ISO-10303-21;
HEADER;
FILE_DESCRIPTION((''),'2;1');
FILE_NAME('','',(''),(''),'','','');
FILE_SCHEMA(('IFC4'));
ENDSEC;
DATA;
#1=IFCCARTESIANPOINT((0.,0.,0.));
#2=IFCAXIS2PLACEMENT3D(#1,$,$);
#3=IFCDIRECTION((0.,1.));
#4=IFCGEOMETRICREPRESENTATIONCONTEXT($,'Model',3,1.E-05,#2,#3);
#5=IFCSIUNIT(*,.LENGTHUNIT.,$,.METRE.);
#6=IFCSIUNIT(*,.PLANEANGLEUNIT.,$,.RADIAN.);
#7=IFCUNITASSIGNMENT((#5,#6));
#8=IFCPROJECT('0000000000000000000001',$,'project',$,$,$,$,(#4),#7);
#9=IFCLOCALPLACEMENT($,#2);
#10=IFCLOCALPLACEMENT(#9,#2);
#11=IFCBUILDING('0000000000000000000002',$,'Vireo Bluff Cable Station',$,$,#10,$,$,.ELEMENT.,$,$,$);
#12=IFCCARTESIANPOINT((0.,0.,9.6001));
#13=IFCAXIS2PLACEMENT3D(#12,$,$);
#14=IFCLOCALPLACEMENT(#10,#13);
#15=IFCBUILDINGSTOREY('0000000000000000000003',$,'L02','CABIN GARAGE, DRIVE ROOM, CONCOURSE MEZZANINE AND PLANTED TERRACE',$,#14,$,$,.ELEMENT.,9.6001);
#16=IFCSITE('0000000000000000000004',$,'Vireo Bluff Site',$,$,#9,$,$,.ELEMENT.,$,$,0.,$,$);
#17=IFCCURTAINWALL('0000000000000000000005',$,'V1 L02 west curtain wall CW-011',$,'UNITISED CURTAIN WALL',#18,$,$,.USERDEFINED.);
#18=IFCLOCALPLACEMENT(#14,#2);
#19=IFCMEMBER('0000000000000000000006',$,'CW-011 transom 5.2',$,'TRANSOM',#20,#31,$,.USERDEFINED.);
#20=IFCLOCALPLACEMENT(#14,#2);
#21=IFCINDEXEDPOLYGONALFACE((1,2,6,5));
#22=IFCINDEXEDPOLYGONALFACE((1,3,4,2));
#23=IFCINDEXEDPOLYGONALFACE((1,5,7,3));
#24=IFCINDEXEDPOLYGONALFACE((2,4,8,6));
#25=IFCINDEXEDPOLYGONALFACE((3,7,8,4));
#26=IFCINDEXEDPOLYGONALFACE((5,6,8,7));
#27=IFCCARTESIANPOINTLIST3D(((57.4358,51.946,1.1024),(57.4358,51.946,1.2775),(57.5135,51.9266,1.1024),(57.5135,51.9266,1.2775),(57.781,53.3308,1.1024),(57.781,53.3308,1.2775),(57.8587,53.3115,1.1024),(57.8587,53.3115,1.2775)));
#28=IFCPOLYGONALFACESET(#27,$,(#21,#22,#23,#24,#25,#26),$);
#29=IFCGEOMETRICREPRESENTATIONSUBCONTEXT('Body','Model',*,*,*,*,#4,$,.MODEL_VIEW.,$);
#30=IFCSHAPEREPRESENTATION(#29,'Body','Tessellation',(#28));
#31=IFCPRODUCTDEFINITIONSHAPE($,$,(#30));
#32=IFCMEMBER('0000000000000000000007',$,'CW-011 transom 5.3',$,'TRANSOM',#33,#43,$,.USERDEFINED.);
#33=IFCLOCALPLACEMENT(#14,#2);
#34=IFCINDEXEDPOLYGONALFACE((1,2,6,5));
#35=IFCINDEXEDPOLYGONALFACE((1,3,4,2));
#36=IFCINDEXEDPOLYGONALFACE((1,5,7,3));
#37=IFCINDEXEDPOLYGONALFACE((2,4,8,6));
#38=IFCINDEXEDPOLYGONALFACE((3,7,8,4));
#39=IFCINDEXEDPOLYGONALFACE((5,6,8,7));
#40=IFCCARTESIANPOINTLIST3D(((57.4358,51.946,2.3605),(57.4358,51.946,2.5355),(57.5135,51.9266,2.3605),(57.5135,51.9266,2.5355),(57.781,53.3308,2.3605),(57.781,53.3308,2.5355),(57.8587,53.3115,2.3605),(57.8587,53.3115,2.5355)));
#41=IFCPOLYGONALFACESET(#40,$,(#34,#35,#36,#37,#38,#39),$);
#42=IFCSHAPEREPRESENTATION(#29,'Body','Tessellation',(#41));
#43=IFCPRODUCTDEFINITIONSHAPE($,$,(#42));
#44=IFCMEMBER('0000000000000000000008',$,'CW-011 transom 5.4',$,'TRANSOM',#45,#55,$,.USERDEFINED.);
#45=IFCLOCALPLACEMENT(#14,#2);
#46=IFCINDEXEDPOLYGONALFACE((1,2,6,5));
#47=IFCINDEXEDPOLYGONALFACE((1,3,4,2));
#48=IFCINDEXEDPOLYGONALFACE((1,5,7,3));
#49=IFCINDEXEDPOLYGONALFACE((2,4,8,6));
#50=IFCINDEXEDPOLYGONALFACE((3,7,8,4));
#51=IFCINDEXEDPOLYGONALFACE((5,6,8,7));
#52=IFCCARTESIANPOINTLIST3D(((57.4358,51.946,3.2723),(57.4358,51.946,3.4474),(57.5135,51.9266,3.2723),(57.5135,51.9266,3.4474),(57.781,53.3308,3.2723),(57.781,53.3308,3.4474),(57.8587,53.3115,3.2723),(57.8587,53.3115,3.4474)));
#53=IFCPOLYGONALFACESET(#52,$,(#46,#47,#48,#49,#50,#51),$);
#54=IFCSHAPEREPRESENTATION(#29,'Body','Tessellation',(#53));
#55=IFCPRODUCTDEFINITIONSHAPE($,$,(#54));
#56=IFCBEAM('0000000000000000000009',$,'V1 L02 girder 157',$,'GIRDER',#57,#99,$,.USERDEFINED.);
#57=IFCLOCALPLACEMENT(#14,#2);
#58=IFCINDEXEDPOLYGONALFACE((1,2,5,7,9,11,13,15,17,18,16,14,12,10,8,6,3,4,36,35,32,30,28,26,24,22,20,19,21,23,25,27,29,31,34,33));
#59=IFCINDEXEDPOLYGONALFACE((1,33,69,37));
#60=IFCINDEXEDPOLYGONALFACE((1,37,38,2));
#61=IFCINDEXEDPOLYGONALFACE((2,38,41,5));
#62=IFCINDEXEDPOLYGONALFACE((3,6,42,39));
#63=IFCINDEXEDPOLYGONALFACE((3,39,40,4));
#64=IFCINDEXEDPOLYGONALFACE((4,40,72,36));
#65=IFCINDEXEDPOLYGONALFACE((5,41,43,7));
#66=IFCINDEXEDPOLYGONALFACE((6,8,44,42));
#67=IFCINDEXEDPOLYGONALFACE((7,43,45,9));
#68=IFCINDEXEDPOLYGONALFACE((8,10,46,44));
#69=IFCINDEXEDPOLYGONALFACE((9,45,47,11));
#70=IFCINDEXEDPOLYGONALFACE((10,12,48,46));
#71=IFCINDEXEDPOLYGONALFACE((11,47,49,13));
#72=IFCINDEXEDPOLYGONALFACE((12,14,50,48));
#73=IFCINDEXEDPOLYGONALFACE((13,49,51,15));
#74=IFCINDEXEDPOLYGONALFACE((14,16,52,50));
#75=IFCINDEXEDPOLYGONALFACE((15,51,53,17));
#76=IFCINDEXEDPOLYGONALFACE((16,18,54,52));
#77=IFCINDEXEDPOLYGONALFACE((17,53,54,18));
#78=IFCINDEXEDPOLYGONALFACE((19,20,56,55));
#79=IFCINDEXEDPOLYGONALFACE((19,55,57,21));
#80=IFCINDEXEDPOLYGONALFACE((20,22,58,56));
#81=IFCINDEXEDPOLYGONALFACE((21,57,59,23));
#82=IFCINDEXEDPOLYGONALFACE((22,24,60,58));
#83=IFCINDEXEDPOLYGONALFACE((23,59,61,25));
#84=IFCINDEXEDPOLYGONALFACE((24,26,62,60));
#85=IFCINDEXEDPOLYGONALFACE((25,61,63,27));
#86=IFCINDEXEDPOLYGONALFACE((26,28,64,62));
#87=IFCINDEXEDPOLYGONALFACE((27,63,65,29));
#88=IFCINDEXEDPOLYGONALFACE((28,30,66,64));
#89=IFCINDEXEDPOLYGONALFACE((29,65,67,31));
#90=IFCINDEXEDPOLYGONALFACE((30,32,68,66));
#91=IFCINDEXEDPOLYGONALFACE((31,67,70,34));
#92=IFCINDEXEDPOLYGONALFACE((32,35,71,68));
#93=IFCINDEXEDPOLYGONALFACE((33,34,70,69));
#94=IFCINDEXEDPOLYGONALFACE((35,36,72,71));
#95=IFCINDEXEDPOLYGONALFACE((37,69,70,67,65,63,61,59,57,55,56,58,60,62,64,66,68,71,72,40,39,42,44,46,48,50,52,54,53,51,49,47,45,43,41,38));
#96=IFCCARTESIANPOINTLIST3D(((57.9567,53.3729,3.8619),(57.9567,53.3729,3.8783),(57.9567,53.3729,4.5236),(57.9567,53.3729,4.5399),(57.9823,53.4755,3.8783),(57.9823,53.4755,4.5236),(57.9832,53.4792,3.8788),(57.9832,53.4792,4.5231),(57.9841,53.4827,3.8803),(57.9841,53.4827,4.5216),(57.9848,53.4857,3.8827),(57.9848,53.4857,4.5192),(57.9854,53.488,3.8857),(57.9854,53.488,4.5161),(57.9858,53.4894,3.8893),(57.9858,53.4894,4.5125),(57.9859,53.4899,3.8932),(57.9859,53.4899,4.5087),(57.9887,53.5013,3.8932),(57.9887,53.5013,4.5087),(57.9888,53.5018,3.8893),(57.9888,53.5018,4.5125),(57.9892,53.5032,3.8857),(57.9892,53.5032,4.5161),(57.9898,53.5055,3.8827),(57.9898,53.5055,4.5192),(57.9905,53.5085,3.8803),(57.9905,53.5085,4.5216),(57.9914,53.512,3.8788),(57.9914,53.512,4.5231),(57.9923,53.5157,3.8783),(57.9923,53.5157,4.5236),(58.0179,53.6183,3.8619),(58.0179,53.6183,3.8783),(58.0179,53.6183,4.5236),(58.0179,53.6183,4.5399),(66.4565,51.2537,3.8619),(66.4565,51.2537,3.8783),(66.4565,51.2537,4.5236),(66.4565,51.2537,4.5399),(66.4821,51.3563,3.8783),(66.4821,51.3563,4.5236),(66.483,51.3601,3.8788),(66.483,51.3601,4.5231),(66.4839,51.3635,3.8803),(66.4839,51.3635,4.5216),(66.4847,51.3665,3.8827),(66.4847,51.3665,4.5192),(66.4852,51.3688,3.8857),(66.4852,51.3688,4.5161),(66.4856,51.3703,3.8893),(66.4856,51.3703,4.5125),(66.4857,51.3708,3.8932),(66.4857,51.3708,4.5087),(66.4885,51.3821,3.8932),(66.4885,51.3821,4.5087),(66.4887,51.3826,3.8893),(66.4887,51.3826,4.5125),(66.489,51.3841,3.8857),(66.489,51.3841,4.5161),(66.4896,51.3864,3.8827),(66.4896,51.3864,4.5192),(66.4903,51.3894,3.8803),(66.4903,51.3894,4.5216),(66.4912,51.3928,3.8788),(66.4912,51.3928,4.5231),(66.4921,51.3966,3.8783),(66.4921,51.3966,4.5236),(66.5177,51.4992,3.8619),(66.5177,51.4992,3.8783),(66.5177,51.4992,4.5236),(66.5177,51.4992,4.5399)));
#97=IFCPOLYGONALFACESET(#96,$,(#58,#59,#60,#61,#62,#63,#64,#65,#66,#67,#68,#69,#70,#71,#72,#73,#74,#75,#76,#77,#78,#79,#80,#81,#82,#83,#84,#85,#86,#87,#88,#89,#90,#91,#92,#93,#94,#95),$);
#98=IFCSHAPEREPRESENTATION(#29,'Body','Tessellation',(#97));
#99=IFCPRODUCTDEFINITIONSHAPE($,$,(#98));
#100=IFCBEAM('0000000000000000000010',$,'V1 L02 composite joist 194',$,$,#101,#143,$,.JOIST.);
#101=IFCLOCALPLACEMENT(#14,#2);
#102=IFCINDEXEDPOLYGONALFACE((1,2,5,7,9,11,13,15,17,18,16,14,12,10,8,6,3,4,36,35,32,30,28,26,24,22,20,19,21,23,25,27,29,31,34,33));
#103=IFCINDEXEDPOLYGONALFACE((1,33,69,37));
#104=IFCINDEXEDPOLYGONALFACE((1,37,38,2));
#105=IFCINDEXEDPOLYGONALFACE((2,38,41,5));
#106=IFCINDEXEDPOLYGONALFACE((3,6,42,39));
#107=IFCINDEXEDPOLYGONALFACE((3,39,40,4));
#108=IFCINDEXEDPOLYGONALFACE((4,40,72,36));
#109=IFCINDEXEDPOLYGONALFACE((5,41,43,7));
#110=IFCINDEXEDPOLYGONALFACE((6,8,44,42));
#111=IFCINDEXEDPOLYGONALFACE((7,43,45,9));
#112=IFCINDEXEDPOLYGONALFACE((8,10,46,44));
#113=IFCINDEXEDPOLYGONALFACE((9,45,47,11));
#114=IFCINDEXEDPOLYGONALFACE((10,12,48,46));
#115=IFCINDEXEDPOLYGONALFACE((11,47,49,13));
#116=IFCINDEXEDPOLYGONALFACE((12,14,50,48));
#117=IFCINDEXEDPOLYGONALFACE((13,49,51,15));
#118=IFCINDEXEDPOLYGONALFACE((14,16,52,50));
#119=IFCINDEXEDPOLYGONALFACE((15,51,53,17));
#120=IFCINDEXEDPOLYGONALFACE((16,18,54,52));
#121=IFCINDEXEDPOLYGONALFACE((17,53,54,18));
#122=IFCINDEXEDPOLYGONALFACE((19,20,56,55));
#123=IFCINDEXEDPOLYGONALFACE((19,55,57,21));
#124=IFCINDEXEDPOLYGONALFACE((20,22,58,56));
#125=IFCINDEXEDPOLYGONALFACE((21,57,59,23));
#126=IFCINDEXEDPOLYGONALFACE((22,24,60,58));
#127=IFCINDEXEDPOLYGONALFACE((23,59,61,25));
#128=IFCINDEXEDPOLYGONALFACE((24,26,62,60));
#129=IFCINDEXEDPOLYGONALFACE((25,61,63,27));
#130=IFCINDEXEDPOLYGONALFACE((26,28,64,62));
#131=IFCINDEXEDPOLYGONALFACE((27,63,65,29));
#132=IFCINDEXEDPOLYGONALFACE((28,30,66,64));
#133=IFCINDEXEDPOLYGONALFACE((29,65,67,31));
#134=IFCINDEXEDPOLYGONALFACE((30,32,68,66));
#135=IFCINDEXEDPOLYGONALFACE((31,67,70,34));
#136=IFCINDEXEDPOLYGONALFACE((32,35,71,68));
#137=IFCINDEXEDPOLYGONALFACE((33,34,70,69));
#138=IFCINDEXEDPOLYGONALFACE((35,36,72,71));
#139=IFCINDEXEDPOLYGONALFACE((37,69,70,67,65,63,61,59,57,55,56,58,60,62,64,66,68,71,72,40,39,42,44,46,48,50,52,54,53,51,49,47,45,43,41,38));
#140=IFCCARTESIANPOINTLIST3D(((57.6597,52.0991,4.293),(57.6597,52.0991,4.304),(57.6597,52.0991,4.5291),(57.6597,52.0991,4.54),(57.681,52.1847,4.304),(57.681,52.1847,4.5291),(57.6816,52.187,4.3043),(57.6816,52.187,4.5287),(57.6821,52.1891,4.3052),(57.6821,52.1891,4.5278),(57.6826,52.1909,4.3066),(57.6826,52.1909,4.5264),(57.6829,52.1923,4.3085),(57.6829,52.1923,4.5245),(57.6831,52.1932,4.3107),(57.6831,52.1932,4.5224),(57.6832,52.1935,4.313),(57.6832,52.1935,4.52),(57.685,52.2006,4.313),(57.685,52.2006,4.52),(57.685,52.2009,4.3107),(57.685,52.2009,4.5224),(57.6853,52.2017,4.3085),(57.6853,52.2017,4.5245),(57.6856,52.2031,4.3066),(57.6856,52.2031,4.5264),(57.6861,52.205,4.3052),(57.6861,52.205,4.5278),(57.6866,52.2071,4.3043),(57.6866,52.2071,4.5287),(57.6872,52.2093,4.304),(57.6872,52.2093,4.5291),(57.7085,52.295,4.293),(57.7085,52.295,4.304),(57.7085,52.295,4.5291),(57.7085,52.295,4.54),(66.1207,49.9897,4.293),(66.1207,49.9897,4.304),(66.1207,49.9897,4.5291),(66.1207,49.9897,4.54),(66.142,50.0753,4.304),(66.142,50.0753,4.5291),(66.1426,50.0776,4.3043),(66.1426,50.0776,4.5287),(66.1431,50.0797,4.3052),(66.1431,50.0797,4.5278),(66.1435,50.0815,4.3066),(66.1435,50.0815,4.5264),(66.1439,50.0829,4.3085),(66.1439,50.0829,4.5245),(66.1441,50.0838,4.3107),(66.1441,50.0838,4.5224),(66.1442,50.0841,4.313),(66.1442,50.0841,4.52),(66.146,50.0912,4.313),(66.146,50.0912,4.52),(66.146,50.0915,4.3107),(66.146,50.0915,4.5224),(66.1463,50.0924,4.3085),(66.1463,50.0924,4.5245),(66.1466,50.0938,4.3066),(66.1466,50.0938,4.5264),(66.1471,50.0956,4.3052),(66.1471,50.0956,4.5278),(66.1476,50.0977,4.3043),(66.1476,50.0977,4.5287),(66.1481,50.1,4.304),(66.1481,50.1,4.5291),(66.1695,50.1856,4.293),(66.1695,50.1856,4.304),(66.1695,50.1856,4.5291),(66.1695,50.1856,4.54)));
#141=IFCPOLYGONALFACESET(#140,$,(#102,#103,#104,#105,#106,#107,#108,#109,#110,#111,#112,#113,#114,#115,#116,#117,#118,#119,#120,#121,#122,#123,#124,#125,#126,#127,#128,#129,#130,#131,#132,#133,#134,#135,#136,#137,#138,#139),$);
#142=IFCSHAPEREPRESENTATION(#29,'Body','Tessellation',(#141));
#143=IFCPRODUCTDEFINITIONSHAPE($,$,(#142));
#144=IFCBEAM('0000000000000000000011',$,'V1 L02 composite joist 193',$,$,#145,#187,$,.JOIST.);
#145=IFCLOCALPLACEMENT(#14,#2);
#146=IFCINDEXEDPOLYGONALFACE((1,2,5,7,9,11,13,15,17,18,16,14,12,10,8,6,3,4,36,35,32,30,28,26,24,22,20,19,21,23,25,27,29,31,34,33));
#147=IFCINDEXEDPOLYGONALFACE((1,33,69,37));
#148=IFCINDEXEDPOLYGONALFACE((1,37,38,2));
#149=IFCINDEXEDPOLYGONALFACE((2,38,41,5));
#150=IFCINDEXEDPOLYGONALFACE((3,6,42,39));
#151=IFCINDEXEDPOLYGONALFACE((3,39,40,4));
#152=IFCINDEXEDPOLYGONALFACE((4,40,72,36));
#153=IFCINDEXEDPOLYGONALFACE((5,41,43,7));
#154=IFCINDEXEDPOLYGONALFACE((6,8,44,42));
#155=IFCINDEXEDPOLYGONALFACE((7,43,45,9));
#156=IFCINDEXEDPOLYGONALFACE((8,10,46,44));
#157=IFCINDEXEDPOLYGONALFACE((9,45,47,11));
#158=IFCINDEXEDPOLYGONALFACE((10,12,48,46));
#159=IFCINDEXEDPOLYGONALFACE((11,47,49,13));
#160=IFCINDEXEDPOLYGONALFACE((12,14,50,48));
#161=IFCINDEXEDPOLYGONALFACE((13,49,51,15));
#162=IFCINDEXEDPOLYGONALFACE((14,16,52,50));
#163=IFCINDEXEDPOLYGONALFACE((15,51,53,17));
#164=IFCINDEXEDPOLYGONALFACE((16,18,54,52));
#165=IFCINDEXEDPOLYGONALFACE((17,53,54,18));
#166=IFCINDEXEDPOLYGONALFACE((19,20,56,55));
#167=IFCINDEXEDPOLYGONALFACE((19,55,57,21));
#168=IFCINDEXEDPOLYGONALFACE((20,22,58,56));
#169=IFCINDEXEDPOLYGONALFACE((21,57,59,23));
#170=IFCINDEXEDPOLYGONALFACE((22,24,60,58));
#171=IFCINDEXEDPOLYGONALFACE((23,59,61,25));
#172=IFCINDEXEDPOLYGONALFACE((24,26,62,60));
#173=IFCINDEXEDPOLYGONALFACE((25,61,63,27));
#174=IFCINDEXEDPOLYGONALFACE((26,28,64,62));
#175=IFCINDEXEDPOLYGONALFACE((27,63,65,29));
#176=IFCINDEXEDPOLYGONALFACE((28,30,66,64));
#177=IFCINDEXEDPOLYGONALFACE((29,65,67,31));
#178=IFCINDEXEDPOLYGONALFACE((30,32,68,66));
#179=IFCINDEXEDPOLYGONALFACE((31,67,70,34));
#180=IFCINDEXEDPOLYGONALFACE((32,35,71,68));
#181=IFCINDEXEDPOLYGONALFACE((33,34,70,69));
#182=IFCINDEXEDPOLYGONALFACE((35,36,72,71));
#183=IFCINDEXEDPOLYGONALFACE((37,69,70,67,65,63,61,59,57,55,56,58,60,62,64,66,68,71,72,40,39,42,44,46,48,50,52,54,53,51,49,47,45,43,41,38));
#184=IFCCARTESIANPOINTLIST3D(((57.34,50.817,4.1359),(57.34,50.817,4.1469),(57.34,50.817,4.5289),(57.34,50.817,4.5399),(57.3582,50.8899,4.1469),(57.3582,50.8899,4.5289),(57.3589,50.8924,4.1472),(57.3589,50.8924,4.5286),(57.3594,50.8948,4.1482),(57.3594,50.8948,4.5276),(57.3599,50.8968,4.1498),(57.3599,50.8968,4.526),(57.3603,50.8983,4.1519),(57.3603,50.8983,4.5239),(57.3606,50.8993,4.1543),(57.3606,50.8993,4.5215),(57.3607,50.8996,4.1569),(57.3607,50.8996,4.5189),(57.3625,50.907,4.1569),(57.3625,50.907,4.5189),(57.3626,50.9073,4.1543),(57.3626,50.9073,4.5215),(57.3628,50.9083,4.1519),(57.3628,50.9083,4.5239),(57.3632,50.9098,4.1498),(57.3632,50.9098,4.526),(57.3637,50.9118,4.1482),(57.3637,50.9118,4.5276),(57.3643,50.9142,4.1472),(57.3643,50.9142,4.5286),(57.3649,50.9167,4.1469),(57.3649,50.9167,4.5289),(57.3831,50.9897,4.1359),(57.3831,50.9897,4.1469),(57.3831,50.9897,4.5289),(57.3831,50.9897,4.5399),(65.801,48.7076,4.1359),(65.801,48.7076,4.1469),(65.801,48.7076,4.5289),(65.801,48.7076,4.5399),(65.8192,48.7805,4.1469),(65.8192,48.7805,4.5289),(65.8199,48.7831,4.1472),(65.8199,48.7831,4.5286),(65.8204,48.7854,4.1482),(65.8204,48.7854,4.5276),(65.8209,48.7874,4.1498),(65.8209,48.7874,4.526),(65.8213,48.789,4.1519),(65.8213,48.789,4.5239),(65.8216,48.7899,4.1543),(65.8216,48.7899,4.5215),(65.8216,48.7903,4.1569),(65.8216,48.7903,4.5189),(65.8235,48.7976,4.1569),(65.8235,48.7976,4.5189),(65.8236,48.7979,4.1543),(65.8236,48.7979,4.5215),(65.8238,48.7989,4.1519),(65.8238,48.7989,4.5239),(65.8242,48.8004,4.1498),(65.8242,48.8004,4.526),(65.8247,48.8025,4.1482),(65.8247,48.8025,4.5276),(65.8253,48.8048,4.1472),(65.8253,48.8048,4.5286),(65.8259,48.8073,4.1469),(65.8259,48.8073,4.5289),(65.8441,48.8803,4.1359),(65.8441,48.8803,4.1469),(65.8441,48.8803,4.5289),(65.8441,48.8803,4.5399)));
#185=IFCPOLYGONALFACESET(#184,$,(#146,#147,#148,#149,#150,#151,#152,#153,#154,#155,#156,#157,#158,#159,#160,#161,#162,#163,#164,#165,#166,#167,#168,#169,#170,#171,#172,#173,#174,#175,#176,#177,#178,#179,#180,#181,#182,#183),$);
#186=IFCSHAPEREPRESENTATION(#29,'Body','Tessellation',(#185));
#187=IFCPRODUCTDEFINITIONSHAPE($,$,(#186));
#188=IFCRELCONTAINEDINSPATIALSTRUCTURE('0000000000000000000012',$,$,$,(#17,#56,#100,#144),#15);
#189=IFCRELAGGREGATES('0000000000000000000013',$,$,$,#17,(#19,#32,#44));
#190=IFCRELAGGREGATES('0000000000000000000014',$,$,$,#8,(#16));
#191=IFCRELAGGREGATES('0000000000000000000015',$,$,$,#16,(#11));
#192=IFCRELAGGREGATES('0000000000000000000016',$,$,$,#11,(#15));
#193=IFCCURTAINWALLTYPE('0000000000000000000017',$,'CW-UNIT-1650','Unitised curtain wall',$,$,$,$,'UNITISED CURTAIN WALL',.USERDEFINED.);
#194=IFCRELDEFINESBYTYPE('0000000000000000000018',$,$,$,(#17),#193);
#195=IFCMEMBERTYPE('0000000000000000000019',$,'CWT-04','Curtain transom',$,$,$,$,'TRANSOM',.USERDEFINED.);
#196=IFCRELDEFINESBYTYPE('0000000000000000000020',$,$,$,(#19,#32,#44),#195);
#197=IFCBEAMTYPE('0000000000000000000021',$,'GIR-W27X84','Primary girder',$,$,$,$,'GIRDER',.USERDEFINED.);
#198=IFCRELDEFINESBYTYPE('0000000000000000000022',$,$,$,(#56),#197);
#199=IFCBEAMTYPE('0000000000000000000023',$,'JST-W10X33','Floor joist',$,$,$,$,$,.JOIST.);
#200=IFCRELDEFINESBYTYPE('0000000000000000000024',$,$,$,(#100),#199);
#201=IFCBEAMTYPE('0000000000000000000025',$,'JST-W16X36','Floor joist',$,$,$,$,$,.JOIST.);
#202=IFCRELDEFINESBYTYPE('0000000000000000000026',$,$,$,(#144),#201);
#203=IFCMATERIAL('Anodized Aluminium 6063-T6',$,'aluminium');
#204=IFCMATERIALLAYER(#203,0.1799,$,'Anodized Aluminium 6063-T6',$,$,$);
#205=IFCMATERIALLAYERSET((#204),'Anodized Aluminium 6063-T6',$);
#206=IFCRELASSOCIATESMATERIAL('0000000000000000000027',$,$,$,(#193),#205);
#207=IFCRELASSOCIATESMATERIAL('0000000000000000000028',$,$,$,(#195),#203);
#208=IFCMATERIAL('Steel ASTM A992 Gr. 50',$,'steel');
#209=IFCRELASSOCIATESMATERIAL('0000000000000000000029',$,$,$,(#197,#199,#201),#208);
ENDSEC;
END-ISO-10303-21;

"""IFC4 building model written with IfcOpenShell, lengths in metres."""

from ifc_helpers import new_model, si_unit, direction, frame, origin, origin_2d, place, context, subcontext, project, spatial, rectangle, i_section, extrude, material, layer, layer_set, material_profile, profile_set, type_object, element, aggregate, save


model = new_model("IFC4")

# Units and contexts
model_context = context("Model", 3, precision=1e-05, world=origin(), true_north=direction((0.0, 1.0)))
body_context = subcontext(model_context, "Body", "Model", "MODEL_VIEW")
ifc_project = project(units=[si_unit("LENGTHUNIT", "METRE"), si_unit("PLANEANGLEUNIT", "RADIAN")], contexts=[model_context])

# Site, building, storey
site_placement = place(None, origin())
site = spatial("IfcSite", under=ifc_project, at=site_placement, Name="Vireo Bluff Site", CompositionType="ELEMENT", RefElevation=0.0)
building_placement = place(site_placement, origin())
building = spatial("IfcBuilding", under=site, at=building_placement, Name="Vireo Bluff Cable Station", CompositionType="ELEMENT")
storey_placement = place(building_placement, frame((0.0, 0.0, 9.6001)))
storey = spatial("IfcBuildingStorey", under=building, at=storey_placement, Name="L02", Description="CABIN GARAGE, DRIVE ROOM, CONCOURSE MEZZANINE AND PLANTED TERRACE", CompositionType="ELEMENT", Elevation=9.6001)

# Shared definitions
ifc_material_1 = material(Name="Steel ASTM A992 Gr. 50", Category="steel")

# Shared definitions
ifc_material_2 = material(Name="Anodized Aluminium 6063-T6", Category="aluminium")

# Curtain wall
ifc_layer_1 = layer(ifc_material_2, 0.1799, Name="Anodized Aluminium 6063-T6")
ifc_layer_set_1 = layer_set([ifc_layer_1], Name="Anodized Aluminium 6063-T6")
curtain_wall_type_1 = type_object("IfcCurtainWallType", Name="CW-UNIT-1650", Description="Unitised curtain wall", ElementType="UNITISED CURTAIN WALL", PredefinedType="USERDEFINED", material=ifc_layer_set_1)
curtain_wall_1_placement = place(storey_placement, origin())
curtain_wall_1 = element("IfcCurtainWall", 1, at=curtain_wall_1_placement, inside=storey, type_object=curtain_wall_type_1, Name="V1 L02 west curtain wall CW-011", ObjectType="UNITISED CURTAIN WALL", PredefinedType="USERDEFINED")

# Members
ifc_material_profile_1 = material_profile(ifc_material_2, rectangle(XDim=0.0801, YDim=0.175, at=origin_2d()), Name="ALU-T-80X175")
ifc_profile_set_1 = profile_set([ifc_material_profile_1], Name="Anodized Aluminium 6063-T6")
member_type_1 = type_object("IfcMemberType", Name="CWT-04", Description="Curtain transom", ElementType="TRANSOM", PredefinedType="USERDEFINED", material=ifc_profile_set_1)
member_1_placement = place(storey_placement, frame((57.4746, 51.9363, 1.1899), z_axis=(0.241892, 0.970303, 0.0), x_axis=(-0.970303, 0.241892, 0.0)))
member_1 = element("IfcMember", 2, at=member_1_placement, type_object=member_type_1, Name="CW-011 transom 5.2", ObjectType="TRANSOM", PredefinedType="USERDEFINED", context=body_context, shape_type="SweptSolid", body=[
    extrude(rectangle(XDim=0.0801, YDim=0.175, at=origin_2d()), origin(), (0.0, 0.0, 1.0), 1.4272),
])
member_2_placement = place(storey_placement, frame((57.4746, 51.9363, 2.448), z_axis=(0.241892, 0.970303, 0.0), x_axis=(-0.970303, 0.241892, 0.0)))
member_2 = element("IfcMember", 3, at=member_2_placement, type_object=member_type_1, Name="CW-011 transom 5.3", ObjectType="TRANSOM", PredefinedType="USERDEFINED", context=body_context, shape_type="SweptSolid", body=[
    extrude(rectangle(XDim=0.0801, YDim=0.175, at=origin_2d()), origin(), (0.0, 0.0, 1.0), 1.4272),
])
member_3_placement = place(storey_placement, frame((57.4746, 51.9363, 3.3599), z_axis=(0.241892, 0.970303, 0.0), x_axis=(-0.970303, 0.241892, 0.0)))
member_3 = element("IfcMember", 4, at=member_3_placement, type_object=member_type_1, Name="CW-011 transom 5.4", ObjectType="TRANSOM", PredefinedType="USERDEFINED", context=body_context, shape_type="SweptSolid", body=[
    extrude(rectangle(XDim=0.0801, YDim=0.175, at=origin_2d()), origin(), (0.0, 0.0, 1.0), 1.4272),
])

# Beams
ifc_material_profile_2 = material_profile(ifc_material_1, i_section(OverallWidth=0.2529, OverallDepth=0.678, WebThickness=0.0117, FlangeThickness=0.0164, FilletRadius=0.0149, at=origin_2d()), Name="W27X84")
ifc_profile_set_2 = profile_set([ifc_material_profile_2], Name="Steel ASTM A992 Gr. 50")
beam_type_1 = type_object("IfcBeamType", Name="GIR-W27X84", Description="Primary girder", ElementType="GIRDER", PredefinedType="USERDEFINED", material=ifc_profile_set_2)
beam_1_placement = place(storey_placement, frame((57.9873, 53.4956, 4.2009), z_axis=(0.970298, -0.241913, 0.0), x_axis=(0.241913, 0.970298, 0.0)))
element("IfcBeam", 5, at=beam_1_placement, inside=storey, type_object=beam_type_1, Name="V1 L02 girder 157", ObjectType="GIRDER", PredefinedType="USERDEFINED", context=body_context, shape_type="SweptSolid", body=[
    extrude(i_section(OverallWidth=0.2529, OverallDepth=0.678, WebThickness=0.0117, FlangeThickness=0.0164, FilletRadius=0.0149, at=origin_2d()), origin(), (0.0, 0.0, 1.0), 8.76),
])
ifc_material_profile_3 = material_profile(ifc_material_1, i_section(OverallWidth=0.2019, OverallDepth=0.2471, WebThickness=0.0073, FlangeThickness=0.011, FilletRadius=0.009, at=origin_2d()), Name="W10X33")
ifc_profile_set_3 = profile_set([ifc_material_profile_3], Name="Steel ASTM A992 Gr. 50")
beam_type_2 = type_object("IfcBeamType", Name="JST-W10X33", Description="Floor joist", PredefinedType="JOIST", material=ifc_profile_set_3)
beam_2_placement = place(storey_placement, frame((57.6841, 52.197, 4.4165), z_axis=(0.9703, -0.241903, 0.0), x_axis=(0.241903, 0.9703, 0.0)))
element("IfcBeam", 6, at=beam_2_placement, inside=storey, type_object=beam_type_2, Name="V1 L02 composite joist 194", PredefinedType="JOIST", context=body_context, shape_type="SweptSolid", body=[
    extrude(i_section(OverallWidth=0.2019, OverallDepth=0.2471, WebThickness=0.0073, FlangeThickness=0.011, FilletRadius=0.009, at=origin_2d()), origin(), (0.0, 0.0, 1.0), 8.72),
])
ifc_material_profile_4 = material_profile(ifc_material_1, i_section(OverallWidth=0.178, OverallDepth=0.4041, WebThickness=0.0076, FlangeThickness=0.011, FilletRadius=0.01, at=origin_2d()), Name="W16X36")
ifc_profile_set_4 = profile_set([ifc_material_profile_4], Name="Steel ASTM A992 Gr. 50")
beam_type_3 = type_object("IfcBeamType", Name="JST-W16X36", Description="Floor joist", PredefinedType="JOIST", material=ifc_profile_set_4)
beam_3_placement = place(storey_placement, frame((57.3616, 50.9033, 4.3379), z_axis=(0.9703, -0.241903, 0.0), x_axis=(0.241903, 0.9703, 0.0)))
element("IfcBeam", 7, at=beam_3_placement, inside=storey, type_object=beam_type_3, Name="V1 L02 composite joist 193", PredefinedType="JOIST", context=body_context, shape_type="SweptSolid", body=[
    extrude(i_section(OverallWidth=0.178, OverallDepth=0.4041, WebThickness=0.0076, FlangeThickness=0.011, FilletRadius=0.01, at=origin_2d()), origin(), (0.0, 0.0, 1.0), 8.72),
])

aggregate(curtain_wall_1, [member_1, member_2, member_3])

save(model, "model.ifc")
